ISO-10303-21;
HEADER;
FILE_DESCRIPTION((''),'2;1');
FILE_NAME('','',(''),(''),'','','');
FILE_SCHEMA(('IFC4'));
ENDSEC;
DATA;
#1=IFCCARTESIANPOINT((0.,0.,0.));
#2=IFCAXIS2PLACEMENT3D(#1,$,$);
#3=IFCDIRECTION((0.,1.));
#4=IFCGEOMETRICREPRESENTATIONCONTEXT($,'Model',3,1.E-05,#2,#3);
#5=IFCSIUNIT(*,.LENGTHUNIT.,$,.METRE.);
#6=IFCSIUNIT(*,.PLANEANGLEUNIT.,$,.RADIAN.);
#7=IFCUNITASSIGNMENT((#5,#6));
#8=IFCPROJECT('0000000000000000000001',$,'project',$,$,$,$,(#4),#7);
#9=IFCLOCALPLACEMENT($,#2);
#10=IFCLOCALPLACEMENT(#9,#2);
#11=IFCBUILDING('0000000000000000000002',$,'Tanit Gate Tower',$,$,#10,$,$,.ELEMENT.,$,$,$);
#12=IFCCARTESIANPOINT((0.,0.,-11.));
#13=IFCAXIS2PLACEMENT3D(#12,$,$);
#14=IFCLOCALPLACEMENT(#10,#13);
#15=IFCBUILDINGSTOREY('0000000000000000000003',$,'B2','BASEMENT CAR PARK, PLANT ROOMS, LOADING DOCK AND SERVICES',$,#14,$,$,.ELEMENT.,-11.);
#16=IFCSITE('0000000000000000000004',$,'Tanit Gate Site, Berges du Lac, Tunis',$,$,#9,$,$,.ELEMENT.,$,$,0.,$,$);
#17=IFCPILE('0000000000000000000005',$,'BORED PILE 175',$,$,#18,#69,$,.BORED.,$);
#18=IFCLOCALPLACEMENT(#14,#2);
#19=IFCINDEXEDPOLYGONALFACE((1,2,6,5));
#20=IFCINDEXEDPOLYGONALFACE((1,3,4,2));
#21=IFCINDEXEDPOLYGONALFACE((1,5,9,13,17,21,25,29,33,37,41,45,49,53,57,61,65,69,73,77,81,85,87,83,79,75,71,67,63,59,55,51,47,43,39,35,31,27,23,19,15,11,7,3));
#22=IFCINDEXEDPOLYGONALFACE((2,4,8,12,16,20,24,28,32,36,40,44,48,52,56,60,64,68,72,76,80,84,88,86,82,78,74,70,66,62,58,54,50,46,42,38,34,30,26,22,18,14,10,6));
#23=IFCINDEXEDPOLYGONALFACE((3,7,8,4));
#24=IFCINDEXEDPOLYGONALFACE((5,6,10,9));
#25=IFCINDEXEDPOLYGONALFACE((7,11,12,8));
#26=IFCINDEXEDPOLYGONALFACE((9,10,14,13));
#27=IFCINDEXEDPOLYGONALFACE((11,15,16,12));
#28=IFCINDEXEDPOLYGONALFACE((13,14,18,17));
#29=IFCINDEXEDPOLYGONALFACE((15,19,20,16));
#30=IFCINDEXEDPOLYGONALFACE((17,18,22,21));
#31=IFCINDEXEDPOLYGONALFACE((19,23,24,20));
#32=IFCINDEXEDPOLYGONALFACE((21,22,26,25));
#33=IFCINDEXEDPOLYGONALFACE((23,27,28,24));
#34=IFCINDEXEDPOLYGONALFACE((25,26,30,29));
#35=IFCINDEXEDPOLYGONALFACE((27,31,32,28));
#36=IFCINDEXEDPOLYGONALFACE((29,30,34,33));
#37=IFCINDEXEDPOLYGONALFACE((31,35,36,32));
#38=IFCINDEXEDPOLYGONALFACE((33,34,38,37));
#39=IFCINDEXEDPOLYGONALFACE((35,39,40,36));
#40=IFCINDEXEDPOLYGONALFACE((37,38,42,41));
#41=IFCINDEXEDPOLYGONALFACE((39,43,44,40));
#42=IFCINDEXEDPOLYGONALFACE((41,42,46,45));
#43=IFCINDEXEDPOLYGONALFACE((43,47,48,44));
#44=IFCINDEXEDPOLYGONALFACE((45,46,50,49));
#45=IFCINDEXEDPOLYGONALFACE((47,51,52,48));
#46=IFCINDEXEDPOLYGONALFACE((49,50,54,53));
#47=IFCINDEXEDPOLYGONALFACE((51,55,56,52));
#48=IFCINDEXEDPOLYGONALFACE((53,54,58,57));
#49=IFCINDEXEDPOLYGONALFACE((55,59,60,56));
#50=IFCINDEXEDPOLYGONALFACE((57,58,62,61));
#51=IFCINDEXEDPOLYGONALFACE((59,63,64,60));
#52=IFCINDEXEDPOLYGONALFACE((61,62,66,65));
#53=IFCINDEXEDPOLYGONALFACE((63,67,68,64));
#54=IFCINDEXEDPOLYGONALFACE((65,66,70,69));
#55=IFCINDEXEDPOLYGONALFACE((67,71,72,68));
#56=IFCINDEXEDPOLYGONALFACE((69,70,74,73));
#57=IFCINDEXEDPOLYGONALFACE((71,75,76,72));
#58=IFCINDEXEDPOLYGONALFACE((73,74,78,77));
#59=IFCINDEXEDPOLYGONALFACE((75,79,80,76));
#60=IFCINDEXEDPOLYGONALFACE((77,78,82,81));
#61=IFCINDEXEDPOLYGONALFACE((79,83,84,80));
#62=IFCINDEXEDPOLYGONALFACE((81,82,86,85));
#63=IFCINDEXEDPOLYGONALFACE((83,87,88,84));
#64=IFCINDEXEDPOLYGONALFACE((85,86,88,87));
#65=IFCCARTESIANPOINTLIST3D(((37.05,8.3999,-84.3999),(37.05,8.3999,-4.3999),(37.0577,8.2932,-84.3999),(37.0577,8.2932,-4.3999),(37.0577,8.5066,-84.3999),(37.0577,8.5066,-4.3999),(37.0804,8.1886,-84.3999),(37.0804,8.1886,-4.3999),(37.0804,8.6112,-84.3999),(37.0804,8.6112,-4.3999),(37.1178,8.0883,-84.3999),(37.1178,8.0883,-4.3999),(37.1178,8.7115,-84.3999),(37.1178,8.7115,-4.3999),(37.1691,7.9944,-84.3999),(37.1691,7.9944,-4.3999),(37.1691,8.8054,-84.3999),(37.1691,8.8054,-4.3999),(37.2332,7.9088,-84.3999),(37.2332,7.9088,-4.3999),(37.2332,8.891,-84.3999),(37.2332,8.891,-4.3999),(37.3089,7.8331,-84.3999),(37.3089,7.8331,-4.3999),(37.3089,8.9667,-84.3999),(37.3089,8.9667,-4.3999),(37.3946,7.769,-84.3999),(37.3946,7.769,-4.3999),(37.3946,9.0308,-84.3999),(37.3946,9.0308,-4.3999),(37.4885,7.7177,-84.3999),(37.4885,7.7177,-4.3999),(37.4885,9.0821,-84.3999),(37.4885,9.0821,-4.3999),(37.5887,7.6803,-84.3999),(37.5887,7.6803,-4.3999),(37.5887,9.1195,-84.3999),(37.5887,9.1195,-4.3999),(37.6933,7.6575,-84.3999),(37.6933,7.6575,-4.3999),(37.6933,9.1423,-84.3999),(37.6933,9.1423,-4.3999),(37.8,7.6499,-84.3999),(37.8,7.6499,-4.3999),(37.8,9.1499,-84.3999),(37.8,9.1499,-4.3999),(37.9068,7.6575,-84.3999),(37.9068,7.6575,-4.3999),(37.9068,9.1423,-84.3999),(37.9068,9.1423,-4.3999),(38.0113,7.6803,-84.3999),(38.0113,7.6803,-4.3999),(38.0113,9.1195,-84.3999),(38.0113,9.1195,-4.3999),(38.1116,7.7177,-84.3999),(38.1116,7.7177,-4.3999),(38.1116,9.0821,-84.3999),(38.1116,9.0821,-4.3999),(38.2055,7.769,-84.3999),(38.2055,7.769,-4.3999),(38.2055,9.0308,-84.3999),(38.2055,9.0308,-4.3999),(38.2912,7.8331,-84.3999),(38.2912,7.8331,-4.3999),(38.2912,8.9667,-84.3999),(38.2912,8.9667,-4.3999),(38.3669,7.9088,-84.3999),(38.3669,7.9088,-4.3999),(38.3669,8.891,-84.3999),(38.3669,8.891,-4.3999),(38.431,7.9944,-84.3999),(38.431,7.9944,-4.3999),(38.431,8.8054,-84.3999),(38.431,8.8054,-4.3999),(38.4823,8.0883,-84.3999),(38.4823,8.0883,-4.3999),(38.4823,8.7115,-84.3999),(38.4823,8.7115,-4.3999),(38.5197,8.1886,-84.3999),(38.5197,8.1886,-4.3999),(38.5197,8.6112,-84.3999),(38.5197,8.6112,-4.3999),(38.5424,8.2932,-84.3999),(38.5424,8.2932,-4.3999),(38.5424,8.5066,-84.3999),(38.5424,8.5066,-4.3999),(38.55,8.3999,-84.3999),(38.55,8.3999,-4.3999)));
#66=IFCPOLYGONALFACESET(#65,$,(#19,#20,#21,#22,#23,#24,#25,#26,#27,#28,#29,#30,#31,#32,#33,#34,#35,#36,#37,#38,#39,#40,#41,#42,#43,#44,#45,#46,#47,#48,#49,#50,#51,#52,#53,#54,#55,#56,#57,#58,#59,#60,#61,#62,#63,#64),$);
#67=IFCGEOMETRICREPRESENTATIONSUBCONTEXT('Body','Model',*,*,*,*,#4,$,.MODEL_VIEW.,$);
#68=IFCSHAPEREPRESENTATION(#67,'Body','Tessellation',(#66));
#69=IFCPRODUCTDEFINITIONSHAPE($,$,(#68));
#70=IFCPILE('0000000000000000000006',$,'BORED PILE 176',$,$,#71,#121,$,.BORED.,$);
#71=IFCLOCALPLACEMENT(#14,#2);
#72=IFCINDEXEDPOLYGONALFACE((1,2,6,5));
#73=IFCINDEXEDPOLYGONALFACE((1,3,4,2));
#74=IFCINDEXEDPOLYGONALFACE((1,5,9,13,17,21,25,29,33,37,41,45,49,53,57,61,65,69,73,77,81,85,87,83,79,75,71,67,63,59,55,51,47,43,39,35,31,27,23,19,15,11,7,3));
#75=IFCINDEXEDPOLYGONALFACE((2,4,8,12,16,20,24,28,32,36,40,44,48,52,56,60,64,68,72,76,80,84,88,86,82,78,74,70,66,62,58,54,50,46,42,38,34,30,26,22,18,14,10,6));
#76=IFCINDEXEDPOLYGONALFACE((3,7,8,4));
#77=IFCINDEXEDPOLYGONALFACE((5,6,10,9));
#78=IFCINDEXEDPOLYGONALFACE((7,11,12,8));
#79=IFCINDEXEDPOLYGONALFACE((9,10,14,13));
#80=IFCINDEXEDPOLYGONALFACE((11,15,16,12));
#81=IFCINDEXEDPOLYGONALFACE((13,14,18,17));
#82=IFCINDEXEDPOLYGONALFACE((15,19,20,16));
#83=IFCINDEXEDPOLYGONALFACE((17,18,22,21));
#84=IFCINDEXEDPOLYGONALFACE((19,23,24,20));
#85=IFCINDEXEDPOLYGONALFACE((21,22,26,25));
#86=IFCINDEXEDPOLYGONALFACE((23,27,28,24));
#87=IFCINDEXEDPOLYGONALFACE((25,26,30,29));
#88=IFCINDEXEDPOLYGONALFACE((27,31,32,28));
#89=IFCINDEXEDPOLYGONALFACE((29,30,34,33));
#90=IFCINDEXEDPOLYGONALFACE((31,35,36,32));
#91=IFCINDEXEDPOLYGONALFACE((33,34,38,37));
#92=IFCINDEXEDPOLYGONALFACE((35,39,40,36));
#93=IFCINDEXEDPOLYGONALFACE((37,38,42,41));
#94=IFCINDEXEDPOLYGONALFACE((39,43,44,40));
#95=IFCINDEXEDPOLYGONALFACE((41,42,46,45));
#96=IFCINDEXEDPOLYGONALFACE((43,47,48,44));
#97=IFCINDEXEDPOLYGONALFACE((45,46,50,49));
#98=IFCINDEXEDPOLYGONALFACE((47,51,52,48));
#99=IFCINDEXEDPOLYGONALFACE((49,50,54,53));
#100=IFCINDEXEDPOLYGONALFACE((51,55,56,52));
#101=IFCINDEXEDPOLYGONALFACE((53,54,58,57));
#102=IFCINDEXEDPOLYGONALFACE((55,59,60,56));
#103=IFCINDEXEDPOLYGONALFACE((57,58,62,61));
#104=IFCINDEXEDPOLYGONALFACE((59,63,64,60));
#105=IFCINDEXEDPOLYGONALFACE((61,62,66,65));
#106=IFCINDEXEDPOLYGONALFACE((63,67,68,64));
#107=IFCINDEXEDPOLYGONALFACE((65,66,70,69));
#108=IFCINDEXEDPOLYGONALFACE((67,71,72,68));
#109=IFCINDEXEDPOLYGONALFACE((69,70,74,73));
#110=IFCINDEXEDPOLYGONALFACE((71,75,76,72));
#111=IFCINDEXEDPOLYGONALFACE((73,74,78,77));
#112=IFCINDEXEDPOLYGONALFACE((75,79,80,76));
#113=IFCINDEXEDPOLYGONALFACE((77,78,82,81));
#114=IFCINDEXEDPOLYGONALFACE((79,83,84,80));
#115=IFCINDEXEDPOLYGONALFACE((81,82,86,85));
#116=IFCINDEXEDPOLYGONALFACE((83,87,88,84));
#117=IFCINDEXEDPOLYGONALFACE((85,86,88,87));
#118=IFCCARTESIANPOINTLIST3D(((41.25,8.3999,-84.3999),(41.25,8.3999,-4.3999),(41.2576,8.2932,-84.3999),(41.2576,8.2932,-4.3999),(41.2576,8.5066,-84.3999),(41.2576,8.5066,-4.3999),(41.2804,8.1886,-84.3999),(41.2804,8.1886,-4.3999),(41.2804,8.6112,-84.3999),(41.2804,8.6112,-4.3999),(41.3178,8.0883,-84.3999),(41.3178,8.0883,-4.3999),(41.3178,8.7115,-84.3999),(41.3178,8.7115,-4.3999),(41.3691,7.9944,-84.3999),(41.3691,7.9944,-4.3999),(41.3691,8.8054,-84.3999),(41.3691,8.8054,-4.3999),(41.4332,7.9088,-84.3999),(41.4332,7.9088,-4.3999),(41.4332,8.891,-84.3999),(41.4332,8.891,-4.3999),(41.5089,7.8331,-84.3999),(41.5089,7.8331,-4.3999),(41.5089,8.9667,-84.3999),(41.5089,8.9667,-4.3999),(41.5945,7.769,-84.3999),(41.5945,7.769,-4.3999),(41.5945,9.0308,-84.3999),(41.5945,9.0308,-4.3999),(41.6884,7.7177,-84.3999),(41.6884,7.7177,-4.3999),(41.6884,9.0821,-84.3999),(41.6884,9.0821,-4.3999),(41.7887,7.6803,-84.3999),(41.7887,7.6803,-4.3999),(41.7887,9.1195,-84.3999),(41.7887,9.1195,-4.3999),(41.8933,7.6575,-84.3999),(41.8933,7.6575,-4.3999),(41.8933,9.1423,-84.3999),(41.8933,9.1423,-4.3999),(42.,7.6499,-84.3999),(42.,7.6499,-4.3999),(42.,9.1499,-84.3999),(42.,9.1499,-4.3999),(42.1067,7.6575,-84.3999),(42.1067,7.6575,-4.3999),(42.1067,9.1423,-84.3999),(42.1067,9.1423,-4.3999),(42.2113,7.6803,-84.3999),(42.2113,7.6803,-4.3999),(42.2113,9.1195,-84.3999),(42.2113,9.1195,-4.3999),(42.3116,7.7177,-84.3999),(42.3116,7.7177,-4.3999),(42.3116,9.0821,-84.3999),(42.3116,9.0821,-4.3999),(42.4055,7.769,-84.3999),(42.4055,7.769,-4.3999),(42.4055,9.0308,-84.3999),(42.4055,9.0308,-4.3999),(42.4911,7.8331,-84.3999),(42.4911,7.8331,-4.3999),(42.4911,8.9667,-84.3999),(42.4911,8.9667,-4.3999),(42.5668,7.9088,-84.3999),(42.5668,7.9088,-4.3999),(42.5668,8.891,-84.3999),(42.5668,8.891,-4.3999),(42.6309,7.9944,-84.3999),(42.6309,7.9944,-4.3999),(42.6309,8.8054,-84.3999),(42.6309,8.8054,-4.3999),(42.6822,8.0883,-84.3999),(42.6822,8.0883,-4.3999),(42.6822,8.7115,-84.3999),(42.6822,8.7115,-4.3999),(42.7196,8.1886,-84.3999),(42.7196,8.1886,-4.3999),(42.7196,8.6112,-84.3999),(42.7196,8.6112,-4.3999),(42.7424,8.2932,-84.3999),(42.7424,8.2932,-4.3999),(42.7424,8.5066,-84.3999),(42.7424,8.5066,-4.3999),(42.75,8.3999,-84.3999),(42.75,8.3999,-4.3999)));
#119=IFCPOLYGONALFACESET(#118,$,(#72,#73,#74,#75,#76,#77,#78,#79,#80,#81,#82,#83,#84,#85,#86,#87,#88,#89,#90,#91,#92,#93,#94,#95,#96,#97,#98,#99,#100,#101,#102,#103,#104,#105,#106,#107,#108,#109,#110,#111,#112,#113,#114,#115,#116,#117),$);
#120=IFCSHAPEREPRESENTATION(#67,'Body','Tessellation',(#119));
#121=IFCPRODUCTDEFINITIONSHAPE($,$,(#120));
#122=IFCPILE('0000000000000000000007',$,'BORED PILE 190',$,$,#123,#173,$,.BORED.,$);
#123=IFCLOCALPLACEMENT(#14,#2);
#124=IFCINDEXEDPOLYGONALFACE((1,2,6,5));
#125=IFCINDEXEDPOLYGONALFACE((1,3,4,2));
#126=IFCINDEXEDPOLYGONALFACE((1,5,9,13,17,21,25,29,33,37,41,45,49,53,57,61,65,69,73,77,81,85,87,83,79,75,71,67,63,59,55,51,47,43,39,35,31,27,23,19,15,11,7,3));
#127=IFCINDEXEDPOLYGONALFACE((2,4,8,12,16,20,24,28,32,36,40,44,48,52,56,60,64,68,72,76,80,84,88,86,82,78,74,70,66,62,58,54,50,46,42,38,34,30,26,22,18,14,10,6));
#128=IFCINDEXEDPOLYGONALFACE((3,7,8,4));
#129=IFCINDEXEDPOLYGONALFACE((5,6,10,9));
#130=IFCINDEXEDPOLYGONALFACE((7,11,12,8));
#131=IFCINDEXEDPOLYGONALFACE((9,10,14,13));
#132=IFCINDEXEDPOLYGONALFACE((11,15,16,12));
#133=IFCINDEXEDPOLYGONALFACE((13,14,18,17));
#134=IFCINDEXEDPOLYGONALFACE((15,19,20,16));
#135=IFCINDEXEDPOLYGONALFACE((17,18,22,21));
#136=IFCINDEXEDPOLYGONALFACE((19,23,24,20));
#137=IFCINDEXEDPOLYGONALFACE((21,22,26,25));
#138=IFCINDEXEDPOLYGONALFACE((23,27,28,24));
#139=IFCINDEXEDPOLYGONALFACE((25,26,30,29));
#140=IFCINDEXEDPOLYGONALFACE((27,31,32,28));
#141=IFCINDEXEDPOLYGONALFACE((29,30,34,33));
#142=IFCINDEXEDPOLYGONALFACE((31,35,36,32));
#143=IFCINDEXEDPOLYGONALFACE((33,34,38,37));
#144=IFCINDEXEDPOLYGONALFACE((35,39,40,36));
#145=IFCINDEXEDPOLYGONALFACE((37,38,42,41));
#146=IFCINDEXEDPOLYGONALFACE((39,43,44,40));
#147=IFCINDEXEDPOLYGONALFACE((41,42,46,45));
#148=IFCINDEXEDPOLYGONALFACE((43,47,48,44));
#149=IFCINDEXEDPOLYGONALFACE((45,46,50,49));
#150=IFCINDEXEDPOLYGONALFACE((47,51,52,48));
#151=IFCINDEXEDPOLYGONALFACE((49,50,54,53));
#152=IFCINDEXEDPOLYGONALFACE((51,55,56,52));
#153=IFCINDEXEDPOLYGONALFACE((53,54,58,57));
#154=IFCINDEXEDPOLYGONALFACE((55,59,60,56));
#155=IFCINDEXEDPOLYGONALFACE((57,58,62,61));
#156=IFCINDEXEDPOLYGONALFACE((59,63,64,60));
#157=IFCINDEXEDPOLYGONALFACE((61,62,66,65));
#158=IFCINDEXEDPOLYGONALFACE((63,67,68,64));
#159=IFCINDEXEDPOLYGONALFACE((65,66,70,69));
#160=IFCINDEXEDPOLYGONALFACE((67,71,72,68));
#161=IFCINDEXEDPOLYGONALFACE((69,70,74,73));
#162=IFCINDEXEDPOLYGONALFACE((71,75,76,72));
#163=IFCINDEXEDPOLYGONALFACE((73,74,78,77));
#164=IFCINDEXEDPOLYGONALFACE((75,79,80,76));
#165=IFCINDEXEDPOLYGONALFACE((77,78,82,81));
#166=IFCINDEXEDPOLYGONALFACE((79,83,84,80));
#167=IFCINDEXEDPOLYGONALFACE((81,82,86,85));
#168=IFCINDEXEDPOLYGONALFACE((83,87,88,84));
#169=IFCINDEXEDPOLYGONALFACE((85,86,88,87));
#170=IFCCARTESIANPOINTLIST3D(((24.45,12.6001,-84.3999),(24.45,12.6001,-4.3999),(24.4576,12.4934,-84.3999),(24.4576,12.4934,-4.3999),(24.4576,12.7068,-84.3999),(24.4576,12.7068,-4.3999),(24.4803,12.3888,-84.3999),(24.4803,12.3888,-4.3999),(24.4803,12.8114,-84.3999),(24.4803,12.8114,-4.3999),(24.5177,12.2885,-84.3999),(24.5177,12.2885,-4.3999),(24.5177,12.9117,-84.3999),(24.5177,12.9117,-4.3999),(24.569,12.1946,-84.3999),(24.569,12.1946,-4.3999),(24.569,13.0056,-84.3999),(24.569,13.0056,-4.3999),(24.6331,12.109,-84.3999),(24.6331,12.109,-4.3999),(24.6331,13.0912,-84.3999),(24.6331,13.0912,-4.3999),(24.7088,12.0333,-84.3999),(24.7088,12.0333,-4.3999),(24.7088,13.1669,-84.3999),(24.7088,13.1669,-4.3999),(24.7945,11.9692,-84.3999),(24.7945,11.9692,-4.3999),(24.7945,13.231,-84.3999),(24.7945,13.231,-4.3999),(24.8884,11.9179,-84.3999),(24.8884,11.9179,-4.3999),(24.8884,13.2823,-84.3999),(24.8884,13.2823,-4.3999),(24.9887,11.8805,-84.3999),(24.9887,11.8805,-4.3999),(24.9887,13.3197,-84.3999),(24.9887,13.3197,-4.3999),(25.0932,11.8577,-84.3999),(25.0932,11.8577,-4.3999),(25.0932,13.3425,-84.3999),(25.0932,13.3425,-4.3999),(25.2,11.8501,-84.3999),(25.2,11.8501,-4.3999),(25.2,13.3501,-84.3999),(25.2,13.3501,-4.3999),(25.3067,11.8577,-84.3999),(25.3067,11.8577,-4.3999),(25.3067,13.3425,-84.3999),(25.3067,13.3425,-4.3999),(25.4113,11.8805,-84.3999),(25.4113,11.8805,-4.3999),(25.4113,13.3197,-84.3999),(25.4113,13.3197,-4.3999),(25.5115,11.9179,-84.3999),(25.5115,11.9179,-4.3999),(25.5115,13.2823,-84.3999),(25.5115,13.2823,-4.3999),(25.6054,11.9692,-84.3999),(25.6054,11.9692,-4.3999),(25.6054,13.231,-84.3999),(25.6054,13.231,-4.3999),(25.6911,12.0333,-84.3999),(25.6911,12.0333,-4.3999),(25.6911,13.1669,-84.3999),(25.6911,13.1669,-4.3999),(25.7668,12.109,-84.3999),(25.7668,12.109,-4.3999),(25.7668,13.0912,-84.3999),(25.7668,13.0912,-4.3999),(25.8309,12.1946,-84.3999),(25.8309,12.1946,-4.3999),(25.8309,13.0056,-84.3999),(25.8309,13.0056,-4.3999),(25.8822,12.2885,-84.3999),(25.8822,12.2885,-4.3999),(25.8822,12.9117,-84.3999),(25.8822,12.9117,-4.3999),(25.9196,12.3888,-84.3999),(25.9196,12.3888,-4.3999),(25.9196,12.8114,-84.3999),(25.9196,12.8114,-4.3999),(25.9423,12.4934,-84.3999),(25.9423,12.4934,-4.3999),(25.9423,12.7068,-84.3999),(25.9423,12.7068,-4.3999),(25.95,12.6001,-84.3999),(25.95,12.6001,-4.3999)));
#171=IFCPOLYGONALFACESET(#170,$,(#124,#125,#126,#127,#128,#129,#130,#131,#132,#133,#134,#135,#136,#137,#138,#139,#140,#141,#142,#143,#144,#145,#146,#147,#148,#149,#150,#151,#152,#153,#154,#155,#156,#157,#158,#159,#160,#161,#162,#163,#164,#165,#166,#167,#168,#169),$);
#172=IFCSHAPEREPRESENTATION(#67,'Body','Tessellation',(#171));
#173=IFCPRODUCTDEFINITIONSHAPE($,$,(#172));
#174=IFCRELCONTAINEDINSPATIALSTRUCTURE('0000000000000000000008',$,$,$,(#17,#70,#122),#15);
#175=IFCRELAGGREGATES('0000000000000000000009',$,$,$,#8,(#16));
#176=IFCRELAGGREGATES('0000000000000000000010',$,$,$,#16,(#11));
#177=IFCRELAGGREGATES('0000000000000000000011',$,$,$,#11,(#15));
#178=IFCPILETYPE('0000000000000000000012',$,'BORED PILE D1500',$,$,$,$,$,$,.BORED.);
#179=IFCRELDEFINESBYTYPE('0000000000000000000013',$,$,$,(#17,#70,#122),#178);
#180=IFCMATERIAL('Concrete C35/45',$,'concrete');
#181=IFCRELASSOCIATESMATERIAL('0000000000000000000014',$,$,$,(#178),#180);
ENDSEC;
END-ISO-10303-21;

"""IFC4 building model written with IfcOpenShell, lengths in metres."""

from ifc_helpers import new_model, si_unit, direction, frame, origin, origin_2d, place, context, subcontext, project, spatial, circle, extrude, material, material_profile, profile_set, type_object, element, save


model = new_model("IFC4")

# Units and contexts
model_context = context("Model", 3, precision=1e-05, world=origin(), true_north=direction((0.0, 1.0)))
body_context = subcontext(model_context, "Body", "Model", "MODEL_VIEW")
ifc_project = project(units=[si_unit("LENGTHUNIT", "METRE"), si_unit("PLANEANGLEUNIT", "RADIAN")], contexts=[model_context])

# Site, building, storey
site_placement = place(None, origin())
site = spatial("IfcSite", under=ifc_project, at=site_placement, Name="Tanit Gate Site, Berges du Lac, Tunis", CompositionType="ELEMENT", RefElevation=0.0)
building_placement = place(site_placement, origin())
building = spatial("IfcBuilding", under=site, at=building_placement, Name="Tanit Gate Tower", CompositionType="ELEMENT")
storey_placement = place(building_placement, frame((0.0, 0.0, -11.0)))
storey = spatial("IfcBuildingStorey", under=building, at=storey_placement, Name="B2", Description="BASEMENT CAR PARK, PLANT ROOMS, LOADING DOCK AND SERVICES", CompositionType="ELEMENT", Elevation=-11.0)

# Piles
ifc_material_1 = material(Name="Concrete C35/45", Category="concrete")
ifc_material_profile_1 = material_profile(ifc_material_1, circle(Radius=0.75, at=origin_2d()), Name="BORED PILE D1500 C35/45")
ifc_profile_set_1 = profile_set([ifc_material_profile_1], Name="Concrete C35/45")
pile_type = type_object("IfcPileType", Name="BORED PILE D1500", PredefinedType="BORED", material=ifc_profile_set_1)
for number, where, z_axis, x_axis, name in (
    (1, (37.8, 8.3999, -4.3999), (0.0, 0.0, -1.0), (1.0, 0.0, 0.0), "BORED PILE 175"),
    (2, (42.0, 8.3999, -4.3999), (0.0, 0.0, -1.0), (1.0, 0.0, 0.0), "BORED PILE 176"),
    (3, (25.2, 12.6001, -4.3999), (0.0, 0.0, -1.0), (1.0, 0.0, 0.0), "BORED PILE 190"),
):
    element("IfcPile", number, at=place(storey_placement, frame(where, z_axis=z_axis, x_axis=x_axis)), inside=storey, type_object=pile_type, Name=name, PredefinedType="BORED", context=body_context, shape_type="SweptSolid", body=[
        extrude(circle(Radius=0.75, at=origin_2d()), origin(), (0.0, 0.0, 1.0), 80.0),
    ])

save(model, "model.ifc")
